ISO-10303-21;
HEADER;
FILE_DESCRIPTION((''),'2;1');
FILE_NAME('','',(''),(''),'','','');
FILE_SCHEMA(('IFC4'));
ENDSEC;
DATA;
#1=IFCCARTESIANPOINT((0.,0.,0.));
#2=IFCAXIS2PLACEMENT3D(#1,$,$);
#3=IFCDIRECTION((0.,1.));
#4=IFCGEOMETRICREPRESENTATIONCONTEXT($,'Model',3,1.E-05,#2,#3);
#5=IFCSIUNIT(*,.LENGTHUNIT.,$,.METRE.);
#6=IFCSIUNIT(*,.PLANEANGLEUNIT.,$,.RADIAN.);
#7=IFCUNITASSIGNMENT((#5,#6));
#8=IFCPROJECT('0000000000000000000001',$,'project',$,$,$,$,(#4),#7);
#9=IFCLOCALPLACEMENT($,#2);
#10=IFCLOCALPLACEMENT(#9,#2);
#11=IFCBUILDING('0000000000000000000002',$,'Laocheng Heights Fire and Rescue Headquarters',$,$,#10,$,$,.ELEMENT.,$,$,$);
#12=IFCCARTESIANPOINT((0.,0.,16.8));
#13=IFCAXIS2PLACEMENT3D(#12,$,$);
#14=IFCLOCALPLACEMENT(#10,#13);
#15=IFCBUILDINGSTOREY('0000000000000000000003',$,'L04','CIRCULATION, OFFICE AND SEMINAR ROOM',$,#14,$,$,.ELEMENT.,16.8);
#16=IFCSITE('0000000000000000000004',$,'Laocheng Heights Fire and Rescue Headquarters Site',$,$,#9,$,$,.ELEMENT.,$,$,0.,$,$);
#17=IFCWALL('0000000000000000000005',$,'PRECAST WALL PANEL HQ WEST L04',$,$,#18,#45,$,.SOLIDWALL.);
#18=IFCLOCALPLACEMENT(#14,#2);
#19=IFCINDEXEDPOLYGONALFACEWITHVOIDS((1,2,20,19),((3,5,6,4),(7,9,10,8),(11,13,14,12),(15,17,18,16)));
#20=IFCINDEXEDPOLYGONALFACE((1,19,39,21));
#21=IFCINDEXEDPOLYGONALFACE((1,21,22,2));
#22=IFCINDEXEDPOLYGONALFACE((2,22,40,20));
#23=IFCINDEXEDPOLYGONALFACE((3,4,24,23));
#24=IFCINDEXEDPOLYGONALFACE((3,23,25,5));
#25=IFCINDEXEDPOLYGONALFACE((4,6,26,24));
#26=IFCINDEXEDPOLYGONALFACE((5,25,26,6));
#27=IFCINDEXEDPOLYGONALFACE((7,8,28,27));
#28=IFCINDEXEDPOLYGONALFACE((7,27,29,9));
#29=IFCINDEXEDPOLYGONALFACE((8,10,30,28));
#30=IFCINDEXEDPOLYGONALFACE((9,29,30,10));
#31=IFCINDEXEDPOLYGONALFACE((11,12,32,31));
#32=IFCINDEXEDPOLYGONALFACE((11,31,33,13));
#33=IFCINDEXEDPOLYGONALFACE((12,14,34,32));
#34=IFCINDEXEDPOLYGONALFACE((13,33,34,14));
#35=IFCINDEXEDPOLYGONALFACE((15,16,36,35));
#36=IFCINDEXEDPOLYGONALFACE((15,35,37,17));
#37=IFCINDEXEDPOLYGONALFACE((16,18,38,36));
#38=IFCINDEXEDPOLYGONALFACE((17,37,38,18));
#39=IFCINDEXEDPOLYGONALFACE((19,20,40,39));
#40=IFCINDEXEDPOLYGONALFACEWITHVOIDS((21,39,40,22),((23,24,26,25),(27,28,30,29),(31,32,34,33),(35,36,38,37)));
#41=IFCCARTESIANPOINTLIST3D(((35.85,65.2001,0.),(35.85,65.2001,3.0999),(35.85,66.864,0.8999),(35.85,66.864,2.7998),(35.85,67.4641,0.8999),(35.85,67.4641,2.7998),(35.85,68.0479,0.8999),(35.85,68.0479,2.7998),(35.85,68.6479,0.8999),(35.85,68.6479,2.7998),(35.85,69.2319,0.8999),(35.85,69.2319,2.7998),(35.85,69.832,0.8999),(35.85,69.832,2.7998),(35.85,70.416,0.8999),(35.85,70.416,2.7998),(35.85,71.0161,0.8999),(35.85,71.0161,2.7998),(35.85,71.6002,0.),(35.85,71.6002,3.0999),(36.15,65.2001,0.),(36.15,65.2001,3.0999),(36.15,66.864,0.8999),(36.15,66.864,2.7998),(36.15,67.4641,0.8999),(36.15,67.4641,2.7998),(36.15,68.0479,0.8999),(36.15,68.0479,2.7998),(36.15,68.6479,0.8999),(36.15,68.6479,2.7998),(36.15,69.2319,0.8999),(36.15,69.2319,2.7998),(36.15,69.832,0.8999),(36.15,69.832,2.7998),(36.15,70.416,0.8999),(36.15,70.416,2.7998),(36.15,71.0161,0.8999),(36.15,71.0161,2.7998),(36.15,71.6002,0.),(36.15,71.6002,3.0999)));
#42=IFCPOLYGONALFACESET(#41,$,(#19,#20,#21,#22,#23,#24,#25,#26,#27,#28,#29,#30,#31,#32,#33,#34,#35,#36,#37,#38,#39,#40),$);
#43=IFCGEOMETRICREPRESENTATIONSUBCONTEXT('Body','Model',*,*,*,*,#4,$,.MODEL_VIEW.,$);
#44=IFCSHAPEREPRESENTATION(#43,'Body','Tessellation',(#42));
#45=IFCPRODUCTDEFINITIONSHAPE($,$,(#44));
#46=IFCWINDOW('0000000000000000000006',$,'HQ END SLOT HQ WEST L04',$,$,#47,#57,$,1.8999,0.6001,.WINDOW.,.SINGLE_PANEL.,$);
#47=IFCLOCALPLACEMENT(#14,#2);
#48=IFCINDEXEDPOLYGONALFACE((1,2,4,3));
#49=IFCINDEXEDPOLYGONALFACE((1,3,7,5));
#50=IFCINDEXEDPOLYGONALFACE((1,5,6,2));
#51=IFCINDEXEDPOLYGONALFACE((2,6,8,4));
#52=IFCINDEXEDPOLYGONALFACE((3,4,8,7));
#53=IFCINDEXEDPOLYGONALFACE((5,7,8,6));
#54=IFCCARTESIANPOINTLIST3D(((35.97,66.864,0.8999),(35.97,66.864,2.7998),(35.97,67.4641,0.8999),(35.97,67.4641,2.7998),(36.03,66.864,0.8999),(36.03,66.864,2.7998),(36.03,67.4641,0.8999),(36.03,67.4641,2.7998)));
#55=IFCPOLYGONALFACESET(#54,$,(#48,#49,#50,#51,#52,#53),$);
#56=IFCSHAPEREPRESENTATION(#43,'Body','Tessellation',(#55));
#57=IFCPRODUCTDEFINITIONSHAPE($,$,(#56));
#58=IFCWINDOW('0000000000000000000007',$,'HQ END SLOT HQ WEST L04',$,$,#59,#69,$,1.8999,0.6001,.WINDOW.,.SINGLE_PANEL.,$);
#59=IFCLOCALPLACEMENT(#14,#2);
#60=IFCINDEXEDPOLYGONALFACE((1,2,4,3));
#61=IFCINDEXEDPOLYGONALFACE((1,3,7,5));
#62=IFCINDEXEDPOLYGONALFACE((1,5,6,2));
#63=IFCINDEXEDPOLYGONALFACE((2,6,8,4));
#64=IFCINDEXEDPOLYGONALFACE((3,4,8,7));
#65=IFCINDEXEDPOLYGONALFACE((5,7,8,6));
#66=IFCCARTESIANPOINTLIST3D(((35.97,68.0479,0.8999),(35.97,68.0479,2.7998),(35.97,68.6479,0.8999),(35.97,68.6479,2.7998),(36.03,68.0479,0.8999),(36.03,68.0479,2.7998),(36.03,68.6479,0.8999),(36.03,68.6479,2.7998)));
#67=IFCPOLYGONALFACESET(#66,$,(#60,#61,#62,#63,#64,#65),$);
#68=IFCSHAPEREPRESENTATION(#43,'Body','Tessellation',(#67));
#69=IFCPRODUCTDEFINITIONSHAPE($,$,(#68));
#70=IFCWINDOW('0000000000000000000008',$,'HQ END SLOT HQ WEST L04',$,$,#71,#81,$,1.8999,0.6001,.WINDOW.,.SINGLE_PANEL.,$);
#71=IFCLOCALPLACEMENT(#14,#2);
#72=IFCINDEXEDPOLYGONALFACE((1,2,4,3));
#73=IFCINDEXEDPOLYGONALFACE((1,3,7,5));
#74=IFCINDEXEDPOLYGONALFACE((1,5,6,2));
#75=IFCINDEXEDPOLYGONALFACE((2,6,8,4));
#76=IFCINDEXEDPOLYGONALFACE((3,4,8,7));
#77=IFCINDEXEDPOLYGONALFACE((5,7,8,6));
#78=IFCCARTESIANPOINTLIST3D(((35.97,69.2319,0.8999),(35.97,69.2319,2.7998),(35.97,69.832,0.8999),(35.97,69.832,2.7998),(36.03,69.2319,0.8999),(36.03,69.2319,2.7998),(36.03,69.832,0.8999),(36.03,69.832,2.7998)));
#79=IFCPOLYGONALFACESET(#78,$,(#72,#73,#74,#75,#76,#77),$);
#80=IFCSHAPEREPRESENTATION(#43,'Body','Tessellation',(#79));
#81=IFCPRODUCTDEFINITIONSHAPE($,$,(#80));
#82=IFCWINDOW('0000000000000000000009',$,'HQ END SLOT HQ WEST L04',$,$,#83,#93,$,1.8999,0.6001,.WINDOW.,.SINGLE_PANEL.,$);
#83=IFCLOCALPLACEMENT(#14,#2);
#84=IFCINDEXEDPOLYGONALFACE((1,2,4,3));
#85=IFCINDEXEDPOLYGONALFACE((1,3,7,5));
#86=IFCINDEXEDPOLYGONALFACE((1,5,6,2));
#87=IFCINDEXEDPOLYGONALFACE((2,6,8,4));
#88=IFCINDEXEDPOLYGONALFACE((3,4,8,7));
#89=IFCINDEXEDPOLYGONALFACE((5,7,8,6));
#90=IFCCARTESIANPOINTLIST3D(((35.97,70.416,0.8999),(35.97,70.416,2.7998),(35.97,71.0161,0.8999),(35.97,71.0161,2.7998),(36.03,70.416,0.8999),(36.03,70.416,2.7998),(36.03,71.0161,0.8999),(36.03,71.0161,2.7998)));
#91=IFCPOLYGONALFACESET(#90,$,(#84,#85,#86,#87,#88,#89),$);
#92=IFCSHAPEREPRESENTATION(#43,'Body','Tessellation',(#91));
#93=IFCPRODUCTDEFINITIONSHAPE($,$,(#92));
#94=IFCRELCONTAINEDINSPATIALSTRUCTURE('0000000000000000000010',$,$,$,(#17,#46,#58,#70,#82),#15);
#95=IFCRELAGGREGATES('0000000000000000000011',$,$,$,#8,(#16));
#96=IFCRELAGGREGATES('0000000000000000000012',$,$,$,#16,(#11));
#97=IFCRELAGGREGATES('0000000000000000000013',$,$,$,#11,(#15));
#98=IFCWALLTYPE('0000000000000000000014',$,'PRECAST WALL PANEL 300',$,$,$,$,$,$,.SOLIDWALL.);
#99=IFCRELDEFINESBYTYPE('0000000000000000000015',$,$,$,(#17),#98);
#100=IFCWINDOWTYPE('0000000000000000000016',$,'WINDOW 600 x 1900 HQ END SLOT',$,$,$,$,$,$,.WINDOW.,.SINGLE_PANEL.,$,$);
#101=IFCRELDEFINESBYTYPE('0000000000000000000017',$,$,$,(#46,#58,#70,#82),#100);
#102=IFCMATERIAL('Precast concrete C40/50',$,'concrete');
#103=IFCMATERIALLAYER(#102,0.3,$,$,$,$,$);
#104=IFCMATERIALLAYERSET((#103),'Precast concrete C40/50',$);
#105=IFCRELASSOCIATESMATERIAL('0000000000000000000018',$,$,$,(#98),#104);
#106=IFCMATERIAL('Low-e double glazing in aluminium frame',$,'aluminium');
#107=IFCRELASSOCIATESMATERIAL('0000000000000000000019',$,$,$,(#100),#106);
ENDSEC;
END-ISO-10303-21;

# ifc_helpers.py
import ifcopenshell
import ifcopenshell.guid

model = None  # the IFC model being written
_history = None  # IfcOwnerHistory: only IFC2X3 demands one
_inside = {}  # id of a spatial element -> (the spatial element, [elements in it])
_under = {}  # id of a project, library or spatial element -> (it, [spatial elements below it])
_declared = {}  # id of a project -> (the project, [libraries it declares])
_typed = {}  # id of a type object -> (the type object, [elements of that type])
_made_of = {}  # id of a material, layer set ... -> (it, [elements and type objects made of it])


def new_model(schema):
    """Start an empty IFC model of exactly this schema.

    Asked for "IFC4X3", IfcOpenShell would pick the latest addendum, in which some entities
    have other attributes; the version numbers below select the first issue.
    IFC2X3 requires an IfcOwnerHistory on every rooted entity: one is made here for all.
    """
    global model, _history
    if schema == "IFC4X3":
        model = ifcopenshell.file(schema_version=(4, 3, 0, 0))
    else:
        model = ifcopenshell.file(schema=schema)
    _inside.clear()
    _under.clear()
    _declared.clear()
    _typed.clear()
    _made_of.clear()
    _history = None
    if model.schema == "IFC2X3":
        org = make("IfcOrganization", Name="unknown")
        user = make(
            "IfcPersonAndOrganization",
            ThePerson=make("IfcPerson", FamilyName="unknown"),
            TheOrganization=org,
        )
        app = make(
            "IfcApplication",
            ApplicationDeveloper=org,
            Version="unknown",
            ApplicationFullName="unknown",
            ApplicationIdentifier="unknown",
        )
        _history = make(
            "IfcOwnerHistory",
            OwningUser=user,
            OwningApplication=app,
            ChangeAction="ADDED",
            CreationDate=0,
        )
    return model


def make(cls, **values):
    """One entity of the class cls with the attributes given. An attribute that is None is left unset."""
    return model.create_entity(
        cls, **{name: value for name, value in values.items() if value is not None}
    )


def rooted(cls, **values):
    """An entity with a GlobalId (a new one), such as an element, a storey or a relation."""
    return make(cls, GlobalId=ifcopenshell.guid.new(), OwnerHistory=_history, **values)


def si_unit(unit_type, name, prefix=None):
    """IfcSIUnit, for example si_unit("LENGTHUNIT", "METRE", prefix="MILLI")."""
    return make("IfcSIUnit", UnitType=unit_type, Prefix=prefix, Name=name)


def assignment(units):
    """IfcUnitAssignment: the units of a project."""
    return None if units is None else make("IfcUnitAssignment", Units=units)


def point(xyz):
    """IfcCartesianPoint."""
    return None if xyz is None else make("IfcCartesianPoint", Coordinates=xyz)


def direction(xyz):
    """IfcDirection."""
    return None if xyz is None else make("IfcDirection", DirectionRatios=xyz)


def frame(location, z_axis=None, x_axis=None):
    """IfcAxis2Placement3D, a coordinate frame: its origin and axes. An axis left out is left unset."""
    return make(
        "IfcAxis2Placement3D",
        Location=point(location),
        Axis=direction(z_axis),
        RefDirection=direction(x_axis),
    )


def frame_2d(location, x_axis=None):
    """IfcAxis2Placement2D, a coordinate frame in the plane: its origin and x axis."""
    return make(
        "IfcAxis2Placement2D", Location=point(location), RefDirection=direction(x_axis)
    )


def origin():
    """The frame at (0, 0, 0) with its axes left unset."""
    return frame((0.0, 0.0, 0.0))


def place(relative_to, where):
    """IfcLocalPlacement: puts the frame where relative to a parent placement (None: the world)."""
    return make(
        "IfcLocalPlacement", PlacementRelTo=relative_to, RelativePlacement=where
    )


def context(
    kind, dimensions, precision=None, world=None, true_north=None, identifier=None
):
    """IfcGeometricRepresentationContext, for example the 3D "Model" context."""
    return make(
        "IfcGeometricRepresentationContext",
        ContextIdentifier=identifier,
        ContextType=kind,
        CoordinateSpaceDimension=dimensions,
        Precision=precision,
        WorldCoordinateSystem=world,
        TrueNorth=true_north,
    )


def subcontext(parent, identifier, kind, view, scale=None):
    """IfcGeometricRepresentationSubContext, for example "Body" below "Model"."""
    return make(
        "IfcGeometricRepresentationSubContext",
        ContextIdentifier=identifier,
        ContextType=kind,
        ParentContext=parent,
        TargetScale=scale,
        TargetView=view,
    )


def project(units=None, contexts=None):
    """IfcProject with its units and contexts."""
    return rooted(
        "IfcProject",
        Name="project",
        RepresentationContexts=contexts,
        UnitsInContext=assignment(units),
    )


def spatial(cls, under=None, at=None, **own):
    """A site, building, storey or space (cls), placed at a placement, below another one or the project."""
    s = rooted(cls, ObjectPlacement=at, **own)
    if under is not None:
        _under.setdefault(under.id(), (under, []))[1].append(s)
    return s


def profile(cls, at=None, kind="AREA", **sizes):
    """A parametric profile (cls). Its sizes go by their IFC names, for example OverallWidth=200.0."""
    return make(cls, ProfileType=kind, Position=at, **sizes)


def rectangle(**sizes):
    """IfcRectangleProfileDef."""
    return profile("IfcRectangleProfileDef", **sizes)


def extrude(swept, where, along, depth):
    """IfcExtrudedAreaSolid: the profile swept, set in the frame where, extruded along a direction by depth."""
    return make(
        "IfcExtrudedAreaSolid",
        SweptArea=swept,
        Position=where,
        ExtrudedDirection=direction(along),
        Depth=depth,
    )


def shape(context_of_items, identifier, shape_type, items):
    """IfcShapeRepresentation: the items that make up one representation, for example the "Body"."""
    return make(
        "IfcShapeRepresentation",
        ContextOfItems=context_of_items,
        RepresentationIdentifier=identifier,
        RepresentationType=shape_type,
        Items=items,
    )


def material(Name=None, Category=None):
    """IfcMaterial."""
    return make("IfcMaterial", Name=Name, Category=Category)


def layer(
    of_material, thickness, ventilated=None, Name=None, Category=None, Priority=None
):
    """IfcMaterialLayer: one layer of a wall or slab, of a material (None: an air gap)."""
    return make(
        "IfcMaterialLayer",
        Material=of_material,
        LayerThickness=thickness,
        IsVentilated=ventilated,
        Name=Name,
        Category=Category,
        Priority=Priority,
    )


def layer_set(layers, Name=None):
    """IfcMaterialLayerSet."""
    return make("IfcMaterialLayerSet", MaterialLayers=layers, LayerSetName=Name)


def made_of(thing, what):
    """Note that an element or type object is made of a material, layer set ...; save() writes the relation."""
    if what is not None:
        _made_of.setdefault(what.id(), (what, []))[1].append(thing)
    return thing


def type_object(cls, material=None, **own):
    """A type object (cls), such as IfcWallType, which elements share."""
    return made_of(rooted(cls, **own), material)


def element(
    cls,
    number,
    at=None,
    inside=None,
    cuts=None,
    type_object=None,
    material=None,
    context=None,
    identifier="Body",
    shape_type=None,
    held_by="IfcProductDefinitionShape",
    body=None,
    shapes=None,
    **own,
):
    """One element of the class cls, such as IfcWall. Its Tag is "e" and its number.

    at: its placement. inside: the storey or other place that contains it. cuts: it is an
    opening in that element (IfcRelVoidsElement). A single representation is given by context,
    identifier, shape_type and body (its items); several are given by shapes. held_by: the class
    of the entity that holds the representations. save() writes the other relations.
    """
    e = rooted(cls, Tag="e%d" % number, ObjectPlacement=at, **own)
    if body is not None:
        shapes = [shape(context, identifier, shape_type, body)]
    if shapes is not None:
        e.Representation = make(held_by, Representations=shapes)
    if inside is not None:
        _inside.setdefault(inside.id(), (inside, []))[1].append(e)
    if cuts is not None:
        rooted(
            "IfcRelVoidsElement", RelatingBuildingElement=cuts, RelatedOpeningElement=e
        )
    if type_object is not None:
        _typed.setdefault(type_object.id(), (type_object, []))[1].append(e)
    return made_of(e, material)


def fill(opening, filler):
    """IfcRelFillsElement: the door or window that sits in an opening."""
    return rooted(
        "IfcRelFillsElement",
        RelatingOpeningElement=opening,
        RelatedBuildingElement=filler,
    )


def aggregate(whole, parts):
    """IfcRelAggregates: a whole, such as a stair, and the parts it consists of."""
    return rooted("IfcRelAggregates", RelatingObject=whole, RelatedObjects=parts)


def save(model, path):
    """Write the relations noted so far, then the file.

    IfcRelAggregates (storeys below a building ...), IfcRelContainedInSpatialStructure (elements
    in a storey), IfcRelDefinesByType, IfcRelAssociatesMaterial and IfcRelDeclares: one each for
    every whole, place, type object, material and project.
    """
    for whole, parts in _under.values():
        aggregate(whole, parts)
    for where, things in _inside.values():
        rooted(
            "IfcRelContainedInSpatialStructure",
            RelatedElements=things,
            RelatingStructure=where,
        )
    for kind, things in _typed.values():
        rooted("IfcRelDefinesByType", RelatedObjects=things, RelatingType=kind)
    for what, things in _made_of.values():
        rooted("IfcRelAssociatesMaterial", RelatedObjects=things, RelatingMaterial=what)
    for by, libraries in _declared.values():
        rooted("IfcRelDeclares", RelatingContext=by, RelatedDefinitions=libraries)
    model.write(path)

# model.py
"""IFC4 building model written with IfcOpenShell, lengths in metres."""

from ifc_helpers import new_model, si_unit, direction, frame, frame_2d, origin, place, context, subcontext, project, spatial, rectangle, extrude, material, layer, layer_set, type_object, element, fill, save


model = new_model("IFC4")

# Units and contexts
model_context = context("Model", 3, precision=1e-05, world=origin(), true_north=direction((0.0, 1.0)))
body_context = subcontext(model_context, "Body", "Model", "MODEL_VIEW")
ifc_project = project(units=[si_unit("LENGTHUNIT", "METRE"), si_unit("PLANEANGLEUNIT", "RADIAN")], contexts=[model_context])

# Site, building, storey
site_placement = place(None, origin())
site = spatial("IfcSite", under=ifc_project, at=site_placement, Name="Laocheng Heights Fire and Rescue Headquarters Site", CompositionType="ELEMENT", RefElevation=0.0)
building_placement = place(site_placement, origin())
building = spatial("IfcBuilding", under=site, at=building_placement, Name="Laocheng Heights Fire and Rescue Headquarters", CompositionType="ELEMENT")
storey_placement = place(building_placement, frame((0.0, 0.0, 16.8)))
storey = spatial("IfcBuildingStorey", under=building, at=storey_placement, Name="L04", Description="CIRCULATION, OFFICE AND SEMINAR ROOM", CompositionType="ELEMENT", Elevation=16.8)

# Wall, openings, windows
ifc_material_1 = material(Name="Precast concrete C40/50", Category="concrete")
ifc_layer_1 = layer(ifc_material_1, 0.3)
ifc_layer_set_1 = layer_set([ifc_layer_1], Name="Precast concrete C40/50")
wall_type_1 = type_object("IfcWallType", Name="PRECAST WALL PANEL 300", PredefinedType="SOLIDWALL", material=ifc_layer_set_1)
ifc_material_2 = material(Name="Low-e double glazing in aluminium frame", Category="aluminium")
window_type = type_object("IfcWindowType", Name="WINDOW 600 x 1900 HQ END SLOT", PartitioningType="SINGLE_PANEL", PredefinedType="WINDOW", material=ifc_material_2)
wall_1_placement = place(storey_placement, frame((36.0, 65.2, 0.0), z_axis=(0.0, 0.0, 1.0), x_axis=(0.0, 1.0, 0.0)))
wall_1 = element("IfcWall", 1, at=wall_1_placement, inside=storey, type_object=wall_type_1, Name="PRECAST WALL PANEL HQ WEST L04", PredefinedType="SOLIDWALL", context=body_context, shape_type="SweptSolid", body=[
    extrude(rectangle(XDim=6.4001, YDim=0.3, at=frame_2d((3.2002, 0.0))), origin(), (0.0, 0.0, 1.0), 3.0999),
])
opening_1_placement = place(wall_1_placement, frame((1.6641, 0.0, 0.8999)))
opening_1 = element("IfcOpeningElement", 2, at=opening_1_placement, cuts=wall_1, PredefinedType="OPENING", context=body_context, shape_type="SweptSolid", body=[
    extrude(rectangle(XDim=0.6001, YDim=1.8999, at=frame_2d((0.3, 0.95))), frame((0.0, 0.1599, 0.0), z_axis=(0.0, -1.0, 0.0), x_axis=(1.0, 0.0, 0.0)), (0.0, 0.0, 1.0), 0.3201),
])
opening_2_placement = place(wall_1_placement, frame((2.8479, 0.0, 0.8999)))
opening_2 = element("IfcOpeningElement", 3, at=opening_2_placement, cuts=wall_1, PredefinedType="OPENING", context=body_context, shape_type="SweptSolid", body=[
    extrude(rectangle(XDim=0.6001, YDim=1.8999, at=frame_2d((0.3, 0.95))), frame((0.0, 0.1599, 0.0), z_axis=(0.0, -1.0, 0.0), x_axis=(1.0, 0.0, 0.0)), (0.0, 0.0, 1.0), 0.3201),
])
opening_3_placement = place(wall_1_placement, frame((4.032, 0.0, 0.8999)))
opening_3 = element("IfcOpeningElement", 4, at=opening_3_placement, cuts=wall_1, PredefinedType="OPENING", context=body_context, shape_type="SweptSolid", body=[
    extrude(rectangle(XDim=0.6001, YDim=1.8999, at=frame_2d((0.3, 0.95))), frame((0.0, 0.1599, 0.0), z_axis=(0.0, -1.0, 0.0), x_axis=(1.0, 0.0, 0.0)), (0.0, 0.0, 1.0), 0.3201),
])
opening_4_placement = place(wall_1_placement, frame((5.2161, 0.0, 0.8999)))
opening_4 = element("IfcOpeningElement", 5, at=opening_4_placement, cuts=wall_1, PredefinedType="OPENING", context=body_context, shape_type="SweptSolid", body=[
    extrude(rectangle(XDim=0.6001, YDim=1.8999, at=frame_2d((0.3, 0.95))), frame((0.0, 0.1599, 0.0), z_axis=(0.0, -1.0, 0.0), x_axis=(1.0, 0.0, 0.0)), (0.0, 0.0, 1.0), 0.3201),
])
window_1_placement = place(opening_1_placement, origin())
window_1 = element("IfcWindow", 6, at=window_1_placement, inside=storey, type_object=window_type, Name="HQ END SLOT HQ WEST L04", OverallHeight=1.8999, OverallWidth=0.6001, PartitioningType="SINGLE_PANEL", PredefinedType="WINDOW", context=body_context, shape_type="SweptSolid", body=[
    extrude(rectangle(XDim=0.6001, YDim=1.8999, at=frame_2d((0.3, 0.95))), frame((0.0, 0.03, 0.0), z_axis=(0.0, -1.0, 0.0), x_axis=(1.0, 0.0, 0.0)), (0.0, 0.0, 1.0), 0.0601),
])
fill(opening_1, window_1)
window_2_placement = place(opening_2_placement, origin())
window_2 = element("IfcWindow", 7, at=window_2_placement, inside=storey, type_object=window_type, Name="HQ END SLOT HQ WEST L04", OverallHeight=1.8999, OverallWidth=0.6001, PartitioningType="SINGLE_PANEL", PredefinedType="WINDOW", context=body_context, shape_type="SweptSolid", body=[
    extrude(rectangle(XDim=0.6001, YDim=1.8999, at=frame_2d((0.3, 0.95))), frame((0.0, 0.03, 0.0), z_axis=(0.0, -1.0, 0.0), x_axis=(1.0, 0.0, 0.0)), (0.0, 0.0, 1.0), 0.0601),
])
fill(opening_2, window_2)
window_3_placement = place(opening_3_placement, origin())
window_3 = element("IfcWindow", 8, at=window_3_placement, inside=storey, type_object=window_type, Name="HQ END SLOT HQ WEST L04", OverallHeight=1.8999, OverallWidth=0.6001, PartitioningType="SINGLE_PANEL", PredefinedType="WINDOW", context=body_context, shape_type="SweptSolid", body=[
    extrude(rectangle(XDim=0.6001, YDim=1.8999, at=frame_2d((0.3, 0.95))), frame((0.0, 0.03, 0.0), z_axis=(0.0, -1.0, 0.0), x_axis=(1.0, 0.0, 0.0)), (0.0, 0.0, 1.0), 0.0601),
])
fill(opening_3, window_3)
window_4_placement = place(opening_4_placement, origin())
window_4 = element("IfcWindow", 9, at=window_4_placement, inside=storey, type_object=window_type, Name="HQ END SLOT HQ WEST L04", OverallHeight=1.8999, OverallWidth=0.6001, PartitioningType="SINGLE_PANEL", PredefinedType="WINDOW", context=body_context, shape_type="SweptSolid", body=[
    extrude(rectangle(XDim=0.6001, YDim=1.8999, at=frame_2d((0.3, 0.95))), frame((0.0, 0.03, 0.0), z_axis=(0.0, -1.0, 0.0), x_axis=(1.0, 0.0, 0.0)), (0.0, 0.0, 1.0), 0.0601),
])
fill(opening_4, window_4)

save(model, "model.ifc")
